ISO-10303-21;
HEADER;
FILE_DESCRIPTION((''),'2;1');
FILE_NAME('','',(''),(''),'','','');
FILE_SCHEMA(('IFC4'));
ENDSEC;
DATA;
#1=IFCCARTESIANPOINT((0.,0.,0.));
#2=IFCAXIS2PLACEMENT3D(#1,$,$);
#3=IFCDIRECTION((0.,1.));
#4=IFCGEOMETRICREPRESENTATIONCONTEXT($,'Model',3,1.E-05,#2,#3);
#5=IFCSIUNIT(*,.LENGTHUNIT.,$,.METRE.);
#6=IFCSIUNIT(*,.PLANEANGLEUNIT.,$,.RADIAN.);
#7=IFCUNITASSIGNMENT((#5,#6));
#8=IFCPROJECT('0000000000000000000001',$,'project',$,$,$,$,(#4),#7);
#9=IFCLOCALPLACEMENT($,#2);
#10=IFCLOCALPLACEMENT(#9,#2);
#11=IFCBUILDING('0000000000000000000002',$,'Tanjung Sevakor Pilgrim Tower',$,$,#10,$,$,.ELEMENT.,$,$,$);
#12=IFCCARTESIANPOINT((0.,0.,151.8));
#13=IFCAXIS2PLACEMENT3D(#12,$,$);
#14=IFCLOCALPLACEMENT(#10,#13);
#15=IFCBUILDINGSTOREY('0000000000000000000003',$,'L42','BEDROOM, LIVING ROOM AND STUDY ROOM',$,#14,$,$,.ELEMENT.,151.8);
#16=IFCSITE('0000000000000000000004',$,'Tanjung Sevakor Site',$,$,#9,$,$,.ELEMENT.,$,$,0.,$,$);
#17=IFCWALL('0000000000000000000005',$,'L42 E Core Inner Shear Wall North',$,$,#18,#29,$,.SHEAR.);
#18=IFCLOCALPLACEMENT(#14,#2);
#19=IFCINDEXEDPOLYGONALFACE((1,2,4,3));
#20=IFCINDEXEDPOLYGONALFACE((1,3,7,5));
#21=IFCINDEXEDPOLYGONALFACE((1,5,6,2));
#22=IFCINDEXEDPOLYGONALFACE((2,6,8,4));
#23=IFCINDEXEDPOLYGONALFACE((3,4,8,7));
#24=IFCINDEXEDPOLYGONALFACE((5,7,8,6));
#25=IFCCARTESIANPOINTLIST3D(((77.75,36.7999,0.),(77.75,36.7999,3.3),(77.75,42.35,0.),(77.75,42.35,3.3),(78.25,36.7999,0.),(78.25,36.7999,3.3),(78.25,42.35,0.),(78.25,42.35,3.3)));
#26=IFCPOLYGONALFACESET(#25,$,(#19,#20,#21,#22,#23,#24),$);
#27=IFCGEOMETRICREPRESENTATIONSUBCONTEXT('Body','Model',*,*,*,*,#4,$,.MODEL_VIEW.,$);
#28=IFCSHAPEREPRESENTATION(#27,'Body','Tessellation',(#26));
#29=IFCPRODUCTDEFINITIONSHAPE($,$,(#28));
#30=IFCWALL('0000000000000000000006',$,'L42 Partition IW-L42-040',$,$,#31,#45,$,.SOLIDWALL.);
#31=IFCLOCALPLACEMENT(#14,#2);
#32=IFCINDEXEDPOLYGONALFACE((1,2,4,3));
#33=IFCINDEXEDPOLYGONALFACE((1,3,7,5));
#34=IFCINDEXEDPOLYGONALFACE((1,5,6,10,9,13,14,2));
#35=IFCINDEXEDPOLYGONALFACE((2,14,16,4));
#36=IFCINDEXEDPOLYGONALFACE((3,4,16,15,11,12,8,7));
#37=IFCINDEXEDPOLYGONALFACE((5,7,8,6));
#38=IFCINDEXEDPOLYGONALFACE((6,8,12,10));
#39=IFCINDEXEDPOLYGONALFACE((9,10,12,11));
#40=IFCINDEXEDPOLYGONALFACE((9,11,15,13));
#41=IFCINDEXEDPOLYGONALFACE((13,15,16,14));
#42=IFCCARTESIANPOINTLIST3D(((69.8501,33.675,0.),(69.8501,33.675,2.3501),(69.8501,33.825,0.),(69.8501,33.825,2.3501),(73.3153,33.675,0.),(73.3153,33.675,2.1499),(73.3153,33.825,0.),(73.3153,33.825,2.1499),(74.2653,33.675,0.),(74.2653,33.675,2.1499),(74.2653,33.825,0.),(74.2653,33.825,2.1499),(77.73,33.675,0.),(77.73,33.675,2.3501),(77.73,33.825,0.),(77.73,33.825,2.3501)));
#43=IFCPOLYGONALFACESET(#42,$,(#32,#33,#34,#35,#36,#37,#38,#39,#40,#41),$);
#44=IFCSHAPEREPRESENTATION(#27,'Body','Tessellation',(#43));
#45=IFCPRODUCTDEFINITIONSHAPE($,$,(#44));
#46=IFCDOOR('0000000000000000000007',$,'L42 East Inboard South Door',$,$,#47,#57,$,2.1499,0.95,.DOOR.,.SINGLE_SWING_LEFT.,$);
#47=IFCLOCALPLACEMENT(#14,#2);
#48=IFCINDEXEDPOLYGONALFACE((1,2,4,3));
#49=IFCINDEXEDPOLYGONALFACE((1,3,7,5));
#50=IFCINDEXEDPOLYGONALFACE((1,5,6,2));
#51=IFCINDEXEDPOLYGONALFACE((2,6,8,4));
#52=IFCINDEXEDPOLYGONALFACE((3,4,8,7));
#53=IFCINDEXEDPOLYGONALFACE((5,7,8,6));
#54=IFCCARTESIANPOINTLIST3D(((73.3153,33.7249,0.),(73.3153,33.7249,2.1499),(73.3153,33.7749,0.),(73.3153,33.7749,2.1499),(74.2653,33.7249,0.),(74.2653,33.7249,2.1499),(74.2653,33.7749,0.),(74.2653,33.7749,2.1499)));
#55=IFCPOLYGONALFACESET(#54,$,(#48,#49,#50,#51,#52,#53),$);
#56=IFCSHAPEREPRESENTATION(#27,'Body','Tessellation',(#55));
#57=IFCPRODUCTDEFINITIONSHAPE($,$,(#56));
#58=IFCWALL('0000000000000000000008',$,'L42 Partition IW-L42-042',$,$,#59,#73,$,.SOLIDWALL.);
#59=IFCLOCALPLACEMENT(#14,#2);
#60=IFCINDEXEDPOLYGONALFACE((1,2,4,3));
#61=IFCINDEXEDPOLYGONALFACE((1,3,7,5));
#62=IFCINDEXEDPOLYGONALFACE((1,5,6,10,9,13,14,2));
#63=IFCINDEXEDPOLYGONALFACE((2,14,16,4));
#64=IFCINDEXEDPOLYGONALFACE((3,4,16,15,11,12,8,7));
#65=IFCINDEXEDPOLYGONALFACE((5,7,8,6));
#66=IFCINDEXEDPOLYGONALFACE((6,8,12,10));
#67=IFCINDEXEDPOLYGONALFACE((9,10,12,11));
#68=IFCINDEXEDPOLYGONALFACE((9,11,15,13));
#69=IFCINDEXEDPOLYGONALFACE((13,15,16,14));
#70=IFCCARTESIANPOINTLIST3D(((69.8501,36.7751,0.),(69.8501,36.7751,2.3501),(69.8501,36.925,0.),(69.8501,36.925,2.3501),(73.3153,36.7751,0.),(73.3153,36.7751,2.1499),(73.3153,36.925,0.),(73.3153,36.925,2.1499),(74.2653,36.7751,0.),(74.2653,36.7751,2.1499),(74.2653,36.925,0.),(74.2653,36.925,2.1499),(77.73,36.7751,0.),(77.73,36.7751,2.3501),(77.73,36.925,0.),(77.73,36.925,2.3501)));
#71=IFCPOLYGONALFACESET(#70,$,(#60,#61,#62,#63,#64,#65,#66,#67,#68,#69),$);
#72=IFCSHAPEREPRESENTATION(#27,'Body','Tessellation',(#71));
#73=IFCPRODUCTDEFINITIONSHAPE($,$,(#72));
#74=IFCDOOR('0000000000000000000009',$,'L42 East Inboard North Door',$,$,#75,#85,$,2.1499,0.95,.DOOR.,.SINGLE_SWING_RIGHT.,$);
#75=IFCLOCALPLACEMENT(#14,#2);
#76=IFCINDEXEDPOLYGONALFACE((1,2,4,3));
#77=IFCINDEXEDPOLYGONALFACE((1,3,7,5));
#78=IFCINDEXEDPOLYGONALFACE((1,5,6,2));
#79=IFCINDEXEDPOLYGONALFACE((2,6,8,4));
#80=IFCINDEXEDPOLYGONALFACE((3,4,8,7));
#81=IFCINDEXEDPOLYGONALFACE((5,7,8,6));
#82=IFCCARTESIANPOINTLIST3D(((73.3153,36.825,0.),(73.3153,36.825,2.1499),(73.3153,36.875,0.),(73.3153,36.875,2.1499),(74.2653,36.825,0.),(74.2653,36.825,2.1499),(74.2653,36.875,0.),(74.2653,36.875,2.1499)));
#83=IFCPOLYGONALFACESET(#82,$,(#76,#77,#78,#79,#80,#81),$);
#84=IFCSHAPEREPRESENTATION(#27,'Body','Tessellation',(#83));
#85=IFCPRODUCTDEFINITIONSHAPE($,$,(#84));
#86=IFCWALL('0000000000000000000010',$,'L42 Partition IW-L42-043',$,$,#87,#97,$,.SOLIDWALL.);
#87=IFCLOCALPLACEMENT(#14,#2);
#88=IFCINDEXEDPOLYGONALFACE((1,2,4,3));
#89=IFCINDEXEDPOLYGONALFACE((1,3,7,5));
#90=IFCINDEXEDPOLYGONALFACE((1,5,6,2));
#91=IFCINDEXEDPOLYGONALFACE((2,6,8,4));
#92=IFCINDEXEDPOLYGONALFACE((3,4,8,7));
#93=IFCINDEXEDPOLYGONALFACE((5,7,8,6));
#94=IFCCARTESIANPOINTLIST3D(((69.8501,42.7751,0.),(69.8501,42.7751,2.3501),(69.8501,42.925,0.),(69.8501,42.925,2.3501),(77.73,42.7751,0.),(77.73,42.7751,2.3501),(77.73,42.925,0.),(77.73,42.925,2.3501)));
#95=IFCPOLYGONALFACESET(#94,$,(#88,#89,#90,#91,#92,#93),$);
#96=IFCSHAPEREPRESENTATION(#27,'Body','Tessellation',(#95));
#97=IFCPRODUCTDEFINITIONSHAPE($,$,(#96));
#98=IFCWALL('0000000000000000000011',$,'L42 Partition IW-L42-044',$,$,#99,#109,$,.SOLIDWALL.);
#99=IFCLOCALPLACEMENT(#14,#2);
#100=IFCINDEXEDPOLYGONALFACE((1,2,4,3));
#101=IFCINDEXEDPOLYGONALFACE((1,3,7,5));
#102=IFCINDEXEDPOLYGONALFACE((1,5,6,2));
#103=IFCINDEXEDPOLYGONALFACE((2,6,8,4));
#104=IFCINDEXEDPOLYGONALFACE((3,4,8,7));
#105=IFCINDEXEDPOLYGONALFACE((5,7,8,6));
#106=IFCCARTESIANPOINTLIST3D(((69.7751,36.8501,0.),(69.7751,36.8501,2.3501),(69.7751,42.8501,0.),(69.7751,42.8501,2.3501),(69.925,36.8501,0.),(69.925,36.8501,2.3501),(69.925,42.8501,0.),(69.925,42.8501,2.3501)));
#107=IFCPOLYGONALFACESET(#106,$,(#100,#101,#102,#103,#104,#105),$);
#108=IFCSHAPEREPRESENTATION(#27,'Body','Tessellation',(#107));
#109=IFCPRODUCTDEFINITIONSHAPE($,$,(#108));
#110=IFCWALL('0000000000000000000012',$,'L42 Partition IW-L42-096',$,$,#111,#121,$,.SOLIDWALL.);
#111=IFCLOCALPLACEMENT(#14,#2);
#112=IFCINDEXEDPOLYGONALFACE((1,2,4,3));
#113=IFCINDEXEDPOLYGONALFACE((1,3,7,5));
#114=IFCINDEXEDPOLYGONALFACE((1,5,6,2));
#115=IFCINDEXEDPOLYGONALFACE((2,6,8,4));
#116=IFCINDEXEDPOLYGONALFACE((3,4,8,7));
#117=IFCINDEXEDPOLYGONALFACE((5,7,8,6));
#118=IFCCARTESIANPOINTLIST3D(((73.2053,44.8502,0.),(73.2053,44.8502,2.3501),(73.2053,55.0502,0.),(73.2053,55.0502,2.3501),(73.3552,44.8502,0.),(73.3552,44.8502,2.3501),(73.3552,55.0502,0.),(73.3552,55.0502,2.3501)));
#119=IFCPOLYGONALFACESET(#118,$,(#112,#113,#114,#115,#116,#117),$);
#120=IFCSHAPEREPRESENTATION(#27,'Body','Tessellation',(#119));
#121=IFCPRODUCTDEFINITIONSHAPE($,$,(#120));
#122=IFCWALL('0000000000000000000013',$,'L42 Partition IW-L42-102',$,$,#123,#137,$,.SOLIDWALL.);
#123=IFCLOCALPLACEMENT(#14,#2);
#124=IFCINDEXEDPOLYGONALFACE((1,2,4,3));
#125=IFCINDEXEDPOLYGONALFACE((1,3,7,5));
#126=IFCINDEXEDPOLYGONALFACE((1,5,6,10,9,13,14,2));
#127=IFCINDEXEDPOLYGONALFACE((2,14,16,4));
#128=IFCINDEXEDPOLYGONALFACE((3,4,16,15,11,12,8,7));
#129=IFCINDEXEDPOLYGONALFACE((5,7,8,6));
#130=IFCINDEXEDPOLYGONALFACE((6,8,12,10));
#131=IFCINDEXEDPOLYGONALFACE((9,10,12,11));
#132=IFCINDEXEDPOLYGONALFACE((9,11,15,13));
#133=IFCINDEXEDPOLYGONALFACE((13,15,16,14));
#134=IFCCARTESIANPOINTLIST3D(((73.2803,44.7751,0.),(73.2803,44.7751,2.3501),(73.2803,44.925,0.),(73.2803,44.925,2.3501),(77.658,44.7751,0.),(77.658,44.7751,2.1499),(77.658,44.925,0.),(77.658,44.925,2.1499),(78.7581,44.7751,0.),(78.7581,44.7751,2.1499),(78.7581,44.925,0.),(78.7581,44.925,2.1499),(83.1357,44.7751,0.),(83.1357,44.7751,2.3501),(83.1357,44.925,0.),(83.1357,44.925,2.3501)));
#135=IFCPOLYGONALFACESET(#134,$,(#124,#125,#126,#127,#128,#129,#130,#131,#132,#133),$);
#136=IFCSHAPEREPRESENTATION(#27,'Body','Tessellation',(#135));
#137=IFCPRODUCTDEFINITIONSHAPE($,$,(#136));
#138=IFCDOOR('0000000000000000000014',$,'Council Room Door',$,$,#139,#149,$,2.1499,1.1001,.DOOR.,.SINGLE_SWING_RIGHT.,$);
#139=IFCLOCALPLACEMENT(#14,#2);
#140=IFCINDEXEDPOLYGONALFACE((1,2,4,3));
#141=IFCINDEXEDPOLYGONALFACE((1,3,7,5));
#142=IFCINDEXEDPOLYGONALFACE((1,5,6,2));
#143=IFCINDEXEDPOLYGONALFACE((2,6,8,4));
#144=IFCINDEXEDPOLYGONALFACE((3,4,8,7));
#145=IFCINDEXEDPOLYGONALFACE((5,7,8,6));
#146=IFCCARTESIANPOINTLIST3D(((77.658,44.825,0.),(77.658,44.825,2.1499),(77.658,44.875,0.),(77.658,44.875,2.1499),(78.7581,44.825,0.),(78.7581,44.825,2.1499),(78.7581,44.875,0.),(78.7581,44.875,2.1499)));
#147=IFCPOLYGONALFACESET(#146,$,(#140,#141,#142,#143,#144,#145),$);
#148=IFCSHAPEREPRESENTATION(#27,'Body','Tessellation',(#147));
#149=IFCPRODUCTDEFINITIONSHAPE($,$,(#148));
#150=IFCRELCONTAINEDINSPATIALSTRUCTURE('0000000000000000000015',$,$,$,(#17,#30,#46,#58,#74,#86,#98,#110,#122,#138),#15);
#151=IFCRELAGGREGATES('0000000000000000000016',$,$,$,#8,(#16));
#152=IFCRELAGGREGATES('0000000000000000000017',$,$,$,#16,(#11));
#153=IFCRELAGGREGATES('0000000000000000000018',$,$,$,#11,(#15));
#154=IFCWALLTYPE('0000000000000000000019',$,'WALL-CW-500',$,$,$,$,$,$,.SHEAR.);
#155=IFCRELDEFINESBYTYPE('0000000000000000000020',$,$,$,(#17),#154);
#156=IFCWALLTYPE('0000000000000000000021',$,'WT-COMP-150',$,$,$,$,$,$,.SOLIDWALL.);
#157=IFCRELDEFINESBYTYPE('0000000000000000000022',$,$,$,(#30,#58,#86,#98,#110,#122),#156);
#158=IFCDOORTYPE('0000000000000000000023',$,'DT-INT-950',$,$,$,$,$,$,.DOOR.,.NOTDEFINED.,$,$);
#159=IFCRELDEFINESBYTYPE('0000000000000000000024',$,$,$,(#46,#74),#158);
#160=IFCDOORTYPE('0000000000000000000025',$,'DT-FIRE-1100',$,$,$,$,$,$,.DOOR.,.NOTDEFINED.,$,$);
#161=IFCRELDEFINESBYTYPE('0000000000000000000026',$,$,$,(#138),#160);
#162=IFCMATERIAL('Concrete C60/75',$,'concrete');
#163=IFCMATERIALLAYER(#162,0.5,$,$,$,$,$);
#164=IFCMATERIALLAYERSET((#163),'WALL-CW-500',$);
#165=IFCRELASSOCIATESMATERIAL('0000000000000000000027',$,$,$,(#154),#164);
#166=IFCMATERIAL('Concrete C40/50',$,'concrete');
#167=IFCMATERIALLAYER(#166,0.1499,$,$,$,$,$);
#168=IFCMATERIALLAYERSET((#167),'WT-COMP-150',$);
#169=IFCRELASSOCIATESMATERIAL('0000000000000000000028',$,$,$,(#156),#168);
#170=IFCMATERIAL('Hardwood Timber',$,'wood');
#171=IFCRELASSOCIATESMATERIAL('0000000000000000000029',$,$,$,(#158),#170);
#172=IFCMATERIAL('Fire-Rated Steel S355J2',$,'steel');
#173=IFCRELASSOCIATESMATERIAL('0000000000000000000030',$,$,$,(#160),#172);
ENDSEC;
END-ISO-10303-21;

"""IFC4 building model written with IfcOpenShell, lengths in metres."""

from ifc_helpers import new_model, si_unit, direction, frame, frame_2d, origin, place, context, subcontext, project, spatial, rectangle, extrude, material, layer, layer_set, type_object, element, fill, save


model = new_model("IFC4")

# Units and contexts
model_context = context("Model", 3, precision=1e-05, world=origin(), true_north=direction((0.0, 1.0)))
body_context = subcontext(model_context, "Body", "Model", "MODEL_VIEW")
ifc_project = project(units=[si_unit("LENGTHUNIT", "METRE"), si_unit("PLANEANGLEUNIT", "RADIAN")], contexts=[model_context])

# Site, building, storey
site_placement = place(None, origin())
site = spatial("IfcSite", under=ifc_project, at=site_placement, Name="Tanjung Sevakor Site", CompositionType="ELEMENT", RefElevation=0.0)
building_placement = place(site_placement, origin())
building = spatial("IfcBuilding", under=site, at=building_placement, Name="Tanjung Sevakor Pilgrim Tower", CompositionType="ELEMENT")
storey_placement = place(building_placement, frame((0.0, 0.0, 151.8)))
storey = spatial("IfcBuildingStorey", under=building, at=storey_placement, Name="L42", Description="BEDROOM, LIVING ROOM AND STUDY ROOM", CompositionType="ELEMENT", Elevation=151.8)

# Wall
ifc_material_1 = material(Name="Concrete C60/75", Category="concrete")
ifc_layer_1 = layer(ifc_material_1, 0.5)
ifc_layer_set_1 = layer_set([ifc_layer_1], Name="WALL-CW-500")
wall_type_1 = type_object("IfcWallType", Name="WALL-CW-500", PredefinedType="SHEAR", material=ifc_layer_set_1)
wall_1_placement = place(storey_placement, frame((78.0, 36.8, 0.0), z_axis=(0.0, 0.0, 1.0), x_axis=(0.0, 1.0, 0.0)))
element("IfcWall", 1, at=wall_1_placement, inside=storey, type_object=wall_type_1, Name="L42 E Core Inner Shear Wall North", PredefinedType="SHEAR", context=body_context, shape_type="SweptSolid", body=[
    extrude(rectangle(XDim=5.55, YDim=0.5, at=frame_2d((2.7749, 0.0))), origin(), (0.0, 0.0, 1.0), 3.3),
])

# Walls, openings, doors
ifc_material_2 = material(Name="Concrete C40/50", Category="concrete")
ifc_layer_2 = layer(ifc_material_2, 0.1499)
ifc_layer_set_2 = layer_set([ifc_layer_2], Name="WT-COMP-150")
wall_type_2 = type_object("IfcWallType", Name="WT-COMP-150", PredefinedType="SOLIDWALL", material=ifc_layer_set_2)
wall_2_placement = place(storey_placement, frame((69.8501, 33.75, 0.0), z_axis=(0.0, 0.0, 1.0), x_axis=(1.0, 0.0, 0.0)))
wall_2 = element("IfcWall", 2, at=wall_2_placement, inside=storey, type_object=wall_type_2, Name="L42 Partition IW-L42-040", PredefinedType="SOLIDWALL", context=body_context, shape_type="SweptSolid", body=[
    extrude(rectangle(XDim=7.8799, YDim=0.1499, at=frame_2d((3.9399, 0.0))), origin(), (0.0, 0.0, 1.0), 2.3501),
])
opening_1_placement = place(wall_2_placement, frame((3.4651, 0.0, 0.0)))
opening_1 = element("IfcOpeningElement", 3, at=opening_1_placement, cuts=wall_2, PredefinedType="OPENING", context=body_context, shape_type="SweptSolid", body=[
    extrude(rectangle(XDim=0.95, YDim=2.1499, at=frame_2d((0.4751, 1.075))), frame((0.0, 0.085, 0.0), z_axis=(0.0, -1.0, 0.0), x_axis=(1.0, 0.0, 0.0)), (0.0, 0.0, 1.0), 0.1699),
])
ifc_material_3 = material(Name="Hardwood Timber", Category="wood")
door_type_1 = type_object("IfcDoorType", Name="DT-INT-950", OperationType="NOTDEFINED", PredefinedType="DOOR", material=ifc_material_3)
door_1_placement = place(opening_1_placement, origin())
door_1 = element("IfcDoor", 4, at=door_1_placement, inside=storey, type_object=door_type_1, Name="L42 East Inboard South Door", OperationType="SINGLE_SWING_LEFT", OverallHeight=2.1499, OverallWidth=0.95, PredefinedType="DOOR", context=body_context, shape_type="SweptSolid", body=[
    extrude(rectangle(XDim=0.95, YDim=2.1499, at=frame_2d((0.4751, 1.075))), frame((0.0, 0.0249, 0.0), z_axis=(0.0, -1.0, 0.0), x_axis=(1.0, 0.0, 0.0)), (0.0, 0.0, 1.0), 0.05),
])
fill(opening_1, door_1)
wall_3_placement = place(storey_placement, frame((69.8501, 36.8501, 0.0), z_axis=(0.0, 0.0, 1.0), x_axis=(1.0, 0.0, 0.0)))
wall_3 = element("IfcWall", 5, at=wall_3_placement, inside=storey, type_object=wall_type_2, Name="L42 Partition IW-L42-042", PredefinedType="SOLIDWALL", context=body_context, shape_type="SweptSolid", body=[
    extrude(rectangle(XDim=7.8799, YDim=0.1499, at=frame_2d((3.9399, 0.0))), origin(), (0.0, 0.0, 1.0), 2.3501),
])
opening_2_placement = place(wall_3_placement, frame((3.4651, 0.0, 0.0)))
opening_2 = element("IfcOpeningElement", 6, at=opening_2_placement, cuts=wall_3, PredefinedType="OPENING", context=body_context, shape_type="SweptSolid", body=[
    extrude(rectangle(XDim=0.95, YDim=2.1499, at=frame_2d((0.4751, 1.075))), frame((0.0, 0.085, 0.0), z_axis=(0.0, -1.0, 0.0), x_axis=(1.0, 0.0, 0.0)), (0.0, 0.0, 1.0), 0.1699),
])
door_2_placement = place(opening_2_placement, origin())
door_2 = element("IfcDoor", 7, at=door_2_placement, inside=storey, type_object=door_type_1, Name="L42 East Inboard North Door", OperationType="SINGLE_SWING_RIGHT", OverallHeight=2.1499, OverallWidth=0.95, PredefinedType="DOOR", context=body_context, shape_type="SweptSolid", body=[
    extrude(rectangle(XDim=0.95, YDim=2.1499, at=frame_2d((0.4751, 1.075))), frame((0.0, 0.0249, 0.0), z_axis=(0.0, -1.0, 0.0), x_axis=(1.0, 0.0, 0.0)), (0.0, 0.0, 1.0), 0.05),
])
fill(opening_2, door_2)

# Walls
wall_4_placement = place(storey_placement, frame((69.8501, 42.8501, 0.0), z_axis=(0.0, 0.0, 1.0), x_axis=(1.0, 0.0, 0.0)))
element("IfcWall", 8, at=wall_4_placement, inside=storey, type_object=wall_type_2, Name="L42 Partition IW-L42-043", PredefinedType="SOLIDWALL", context=body_context, shape_type="SweptSolid", body=[
    extrude(rectangle(XDim=7.8799, YDim=0.1499, at=frame_2d((3.9399, 0.0))), origin(), (0.0, 0.0, 1.0), 2.3501),
])
wall_5_placement = place(storey_placement, frame((69.8501, 36.8501, 0.0), z_axis=(0.0, 0.0, 1.0), x_axis=(0.0, 1.0, 0.0)))
element("IfcWall", 9, at=wall_5_placement, inside=storey, type_object=wall_type_2, Name="L42 Partition IW-L42-044", PredefinedType="SOLIDWALL", context=body_context, shape_type="SweptSolid", body=[
    extrude(rectangle(XDim=6.0, YDim=0.1499, at=frame_2d((3.0, 0.0))), origin(), (0.0, 0.0, 1.0), 2.3501),
])
wall_6_placement = place(storey_placement, frame((73.2803, 44.8501, 0.0), z_axis=(0.0, 0.0, 1.0), x_axis=(0.0, 1.0, 0.0)))
element("IfcWall", 10, at=wall_6_placement, inside=storey, type_object=wall_type_2, Name="L42 Partition IW-L42-096", PredefinedType="SOLIDWALL", context=body_context, shape_type="SweptSolid", body=[
    extrude(rectangle(XDim=10.2, YDim=0.1499, at=frame_2d((5.1001, 0.0))), origin(), (0.0, 0.0, 1.0), 2.3501),
])

# Wall, opening, door
wall_7_placement = place(storey_placement, frame((73.2803, 44.8501, 0.0), z_axis=(0.0, 0.0, 1.0), x_axis=(1.0, 0.0, 0.0)))
wall_7 = element("IfcWall", 11, at=wall_7_placement, inside=storey, type_object=wall_type_2, Name="L42 Partition IW-L42-102", PredefinedType="SOLIDWALL", context=body_context, shape_type="SweptSolid", body=[
    extrude(rectangle(XDim=9.8555, YDim=0.1499, at=frame_2d((4.9277, 0.0))), origin(), (0.0, 0.0, 1.0), 2.3501),
])
opening_3_placement = place(wall_7_placement, frame((4.3777, 0.0, 0.0)))
opening_3 = element("IfcOpeningElement", 12, at=opening_3_placement, cuts=wall_7, PredefinedType="OPENING", context=body_context, shape_type="SweptSolid", body=[
    extrude(rectangle(XDim=1.1001, YDim=2.1499, at=frame_2d((0.55, 1.075))), frame((0.0, 0.085, 0.0), z_axis=(0.0, -1.0, 0.0), x_axis=(1.0, 0.0, 0.0)), (0.0, 0.0, 1.0), 0.1699),
])
ifc_material_4 = material(Name="Fire-Rated Steel S355J2", Category="steel")
door_type_2 = type_object("IfcDoorType", Name="DT-FIRE-1100", OperationType="NOTDEFINED", PredefinedType="DOOR", material=ifc_material_4)
door_3_placement = place(opening_3_placement, origin())
door_3 = element("IfcDoor", 13, at=door_3_placement, inside=storey, type_object=door_type_2, Name="Council Room Door", OperationType="SINGLE_SWING_RIGHT", OverallHeight=2.1499, OverallWidth=1.1001, PredefinedType="DOOR", context=body_context, shape_type="SweptSolid", body=[
    extrude(rectangle(XDim=1.1001, YDim=2.1499, at=frame_2d((0.55, 1.075))), frame((0.0, 0.0249, 0.0), z_axis=(0.0, -1.0, 0.0), x_axis=(1.0, 0.0, 0.0)), (0.0, 0.0, 1.0), 0.05),
])
fill(opening_3, door_3)

save(model, "model.ifc")
